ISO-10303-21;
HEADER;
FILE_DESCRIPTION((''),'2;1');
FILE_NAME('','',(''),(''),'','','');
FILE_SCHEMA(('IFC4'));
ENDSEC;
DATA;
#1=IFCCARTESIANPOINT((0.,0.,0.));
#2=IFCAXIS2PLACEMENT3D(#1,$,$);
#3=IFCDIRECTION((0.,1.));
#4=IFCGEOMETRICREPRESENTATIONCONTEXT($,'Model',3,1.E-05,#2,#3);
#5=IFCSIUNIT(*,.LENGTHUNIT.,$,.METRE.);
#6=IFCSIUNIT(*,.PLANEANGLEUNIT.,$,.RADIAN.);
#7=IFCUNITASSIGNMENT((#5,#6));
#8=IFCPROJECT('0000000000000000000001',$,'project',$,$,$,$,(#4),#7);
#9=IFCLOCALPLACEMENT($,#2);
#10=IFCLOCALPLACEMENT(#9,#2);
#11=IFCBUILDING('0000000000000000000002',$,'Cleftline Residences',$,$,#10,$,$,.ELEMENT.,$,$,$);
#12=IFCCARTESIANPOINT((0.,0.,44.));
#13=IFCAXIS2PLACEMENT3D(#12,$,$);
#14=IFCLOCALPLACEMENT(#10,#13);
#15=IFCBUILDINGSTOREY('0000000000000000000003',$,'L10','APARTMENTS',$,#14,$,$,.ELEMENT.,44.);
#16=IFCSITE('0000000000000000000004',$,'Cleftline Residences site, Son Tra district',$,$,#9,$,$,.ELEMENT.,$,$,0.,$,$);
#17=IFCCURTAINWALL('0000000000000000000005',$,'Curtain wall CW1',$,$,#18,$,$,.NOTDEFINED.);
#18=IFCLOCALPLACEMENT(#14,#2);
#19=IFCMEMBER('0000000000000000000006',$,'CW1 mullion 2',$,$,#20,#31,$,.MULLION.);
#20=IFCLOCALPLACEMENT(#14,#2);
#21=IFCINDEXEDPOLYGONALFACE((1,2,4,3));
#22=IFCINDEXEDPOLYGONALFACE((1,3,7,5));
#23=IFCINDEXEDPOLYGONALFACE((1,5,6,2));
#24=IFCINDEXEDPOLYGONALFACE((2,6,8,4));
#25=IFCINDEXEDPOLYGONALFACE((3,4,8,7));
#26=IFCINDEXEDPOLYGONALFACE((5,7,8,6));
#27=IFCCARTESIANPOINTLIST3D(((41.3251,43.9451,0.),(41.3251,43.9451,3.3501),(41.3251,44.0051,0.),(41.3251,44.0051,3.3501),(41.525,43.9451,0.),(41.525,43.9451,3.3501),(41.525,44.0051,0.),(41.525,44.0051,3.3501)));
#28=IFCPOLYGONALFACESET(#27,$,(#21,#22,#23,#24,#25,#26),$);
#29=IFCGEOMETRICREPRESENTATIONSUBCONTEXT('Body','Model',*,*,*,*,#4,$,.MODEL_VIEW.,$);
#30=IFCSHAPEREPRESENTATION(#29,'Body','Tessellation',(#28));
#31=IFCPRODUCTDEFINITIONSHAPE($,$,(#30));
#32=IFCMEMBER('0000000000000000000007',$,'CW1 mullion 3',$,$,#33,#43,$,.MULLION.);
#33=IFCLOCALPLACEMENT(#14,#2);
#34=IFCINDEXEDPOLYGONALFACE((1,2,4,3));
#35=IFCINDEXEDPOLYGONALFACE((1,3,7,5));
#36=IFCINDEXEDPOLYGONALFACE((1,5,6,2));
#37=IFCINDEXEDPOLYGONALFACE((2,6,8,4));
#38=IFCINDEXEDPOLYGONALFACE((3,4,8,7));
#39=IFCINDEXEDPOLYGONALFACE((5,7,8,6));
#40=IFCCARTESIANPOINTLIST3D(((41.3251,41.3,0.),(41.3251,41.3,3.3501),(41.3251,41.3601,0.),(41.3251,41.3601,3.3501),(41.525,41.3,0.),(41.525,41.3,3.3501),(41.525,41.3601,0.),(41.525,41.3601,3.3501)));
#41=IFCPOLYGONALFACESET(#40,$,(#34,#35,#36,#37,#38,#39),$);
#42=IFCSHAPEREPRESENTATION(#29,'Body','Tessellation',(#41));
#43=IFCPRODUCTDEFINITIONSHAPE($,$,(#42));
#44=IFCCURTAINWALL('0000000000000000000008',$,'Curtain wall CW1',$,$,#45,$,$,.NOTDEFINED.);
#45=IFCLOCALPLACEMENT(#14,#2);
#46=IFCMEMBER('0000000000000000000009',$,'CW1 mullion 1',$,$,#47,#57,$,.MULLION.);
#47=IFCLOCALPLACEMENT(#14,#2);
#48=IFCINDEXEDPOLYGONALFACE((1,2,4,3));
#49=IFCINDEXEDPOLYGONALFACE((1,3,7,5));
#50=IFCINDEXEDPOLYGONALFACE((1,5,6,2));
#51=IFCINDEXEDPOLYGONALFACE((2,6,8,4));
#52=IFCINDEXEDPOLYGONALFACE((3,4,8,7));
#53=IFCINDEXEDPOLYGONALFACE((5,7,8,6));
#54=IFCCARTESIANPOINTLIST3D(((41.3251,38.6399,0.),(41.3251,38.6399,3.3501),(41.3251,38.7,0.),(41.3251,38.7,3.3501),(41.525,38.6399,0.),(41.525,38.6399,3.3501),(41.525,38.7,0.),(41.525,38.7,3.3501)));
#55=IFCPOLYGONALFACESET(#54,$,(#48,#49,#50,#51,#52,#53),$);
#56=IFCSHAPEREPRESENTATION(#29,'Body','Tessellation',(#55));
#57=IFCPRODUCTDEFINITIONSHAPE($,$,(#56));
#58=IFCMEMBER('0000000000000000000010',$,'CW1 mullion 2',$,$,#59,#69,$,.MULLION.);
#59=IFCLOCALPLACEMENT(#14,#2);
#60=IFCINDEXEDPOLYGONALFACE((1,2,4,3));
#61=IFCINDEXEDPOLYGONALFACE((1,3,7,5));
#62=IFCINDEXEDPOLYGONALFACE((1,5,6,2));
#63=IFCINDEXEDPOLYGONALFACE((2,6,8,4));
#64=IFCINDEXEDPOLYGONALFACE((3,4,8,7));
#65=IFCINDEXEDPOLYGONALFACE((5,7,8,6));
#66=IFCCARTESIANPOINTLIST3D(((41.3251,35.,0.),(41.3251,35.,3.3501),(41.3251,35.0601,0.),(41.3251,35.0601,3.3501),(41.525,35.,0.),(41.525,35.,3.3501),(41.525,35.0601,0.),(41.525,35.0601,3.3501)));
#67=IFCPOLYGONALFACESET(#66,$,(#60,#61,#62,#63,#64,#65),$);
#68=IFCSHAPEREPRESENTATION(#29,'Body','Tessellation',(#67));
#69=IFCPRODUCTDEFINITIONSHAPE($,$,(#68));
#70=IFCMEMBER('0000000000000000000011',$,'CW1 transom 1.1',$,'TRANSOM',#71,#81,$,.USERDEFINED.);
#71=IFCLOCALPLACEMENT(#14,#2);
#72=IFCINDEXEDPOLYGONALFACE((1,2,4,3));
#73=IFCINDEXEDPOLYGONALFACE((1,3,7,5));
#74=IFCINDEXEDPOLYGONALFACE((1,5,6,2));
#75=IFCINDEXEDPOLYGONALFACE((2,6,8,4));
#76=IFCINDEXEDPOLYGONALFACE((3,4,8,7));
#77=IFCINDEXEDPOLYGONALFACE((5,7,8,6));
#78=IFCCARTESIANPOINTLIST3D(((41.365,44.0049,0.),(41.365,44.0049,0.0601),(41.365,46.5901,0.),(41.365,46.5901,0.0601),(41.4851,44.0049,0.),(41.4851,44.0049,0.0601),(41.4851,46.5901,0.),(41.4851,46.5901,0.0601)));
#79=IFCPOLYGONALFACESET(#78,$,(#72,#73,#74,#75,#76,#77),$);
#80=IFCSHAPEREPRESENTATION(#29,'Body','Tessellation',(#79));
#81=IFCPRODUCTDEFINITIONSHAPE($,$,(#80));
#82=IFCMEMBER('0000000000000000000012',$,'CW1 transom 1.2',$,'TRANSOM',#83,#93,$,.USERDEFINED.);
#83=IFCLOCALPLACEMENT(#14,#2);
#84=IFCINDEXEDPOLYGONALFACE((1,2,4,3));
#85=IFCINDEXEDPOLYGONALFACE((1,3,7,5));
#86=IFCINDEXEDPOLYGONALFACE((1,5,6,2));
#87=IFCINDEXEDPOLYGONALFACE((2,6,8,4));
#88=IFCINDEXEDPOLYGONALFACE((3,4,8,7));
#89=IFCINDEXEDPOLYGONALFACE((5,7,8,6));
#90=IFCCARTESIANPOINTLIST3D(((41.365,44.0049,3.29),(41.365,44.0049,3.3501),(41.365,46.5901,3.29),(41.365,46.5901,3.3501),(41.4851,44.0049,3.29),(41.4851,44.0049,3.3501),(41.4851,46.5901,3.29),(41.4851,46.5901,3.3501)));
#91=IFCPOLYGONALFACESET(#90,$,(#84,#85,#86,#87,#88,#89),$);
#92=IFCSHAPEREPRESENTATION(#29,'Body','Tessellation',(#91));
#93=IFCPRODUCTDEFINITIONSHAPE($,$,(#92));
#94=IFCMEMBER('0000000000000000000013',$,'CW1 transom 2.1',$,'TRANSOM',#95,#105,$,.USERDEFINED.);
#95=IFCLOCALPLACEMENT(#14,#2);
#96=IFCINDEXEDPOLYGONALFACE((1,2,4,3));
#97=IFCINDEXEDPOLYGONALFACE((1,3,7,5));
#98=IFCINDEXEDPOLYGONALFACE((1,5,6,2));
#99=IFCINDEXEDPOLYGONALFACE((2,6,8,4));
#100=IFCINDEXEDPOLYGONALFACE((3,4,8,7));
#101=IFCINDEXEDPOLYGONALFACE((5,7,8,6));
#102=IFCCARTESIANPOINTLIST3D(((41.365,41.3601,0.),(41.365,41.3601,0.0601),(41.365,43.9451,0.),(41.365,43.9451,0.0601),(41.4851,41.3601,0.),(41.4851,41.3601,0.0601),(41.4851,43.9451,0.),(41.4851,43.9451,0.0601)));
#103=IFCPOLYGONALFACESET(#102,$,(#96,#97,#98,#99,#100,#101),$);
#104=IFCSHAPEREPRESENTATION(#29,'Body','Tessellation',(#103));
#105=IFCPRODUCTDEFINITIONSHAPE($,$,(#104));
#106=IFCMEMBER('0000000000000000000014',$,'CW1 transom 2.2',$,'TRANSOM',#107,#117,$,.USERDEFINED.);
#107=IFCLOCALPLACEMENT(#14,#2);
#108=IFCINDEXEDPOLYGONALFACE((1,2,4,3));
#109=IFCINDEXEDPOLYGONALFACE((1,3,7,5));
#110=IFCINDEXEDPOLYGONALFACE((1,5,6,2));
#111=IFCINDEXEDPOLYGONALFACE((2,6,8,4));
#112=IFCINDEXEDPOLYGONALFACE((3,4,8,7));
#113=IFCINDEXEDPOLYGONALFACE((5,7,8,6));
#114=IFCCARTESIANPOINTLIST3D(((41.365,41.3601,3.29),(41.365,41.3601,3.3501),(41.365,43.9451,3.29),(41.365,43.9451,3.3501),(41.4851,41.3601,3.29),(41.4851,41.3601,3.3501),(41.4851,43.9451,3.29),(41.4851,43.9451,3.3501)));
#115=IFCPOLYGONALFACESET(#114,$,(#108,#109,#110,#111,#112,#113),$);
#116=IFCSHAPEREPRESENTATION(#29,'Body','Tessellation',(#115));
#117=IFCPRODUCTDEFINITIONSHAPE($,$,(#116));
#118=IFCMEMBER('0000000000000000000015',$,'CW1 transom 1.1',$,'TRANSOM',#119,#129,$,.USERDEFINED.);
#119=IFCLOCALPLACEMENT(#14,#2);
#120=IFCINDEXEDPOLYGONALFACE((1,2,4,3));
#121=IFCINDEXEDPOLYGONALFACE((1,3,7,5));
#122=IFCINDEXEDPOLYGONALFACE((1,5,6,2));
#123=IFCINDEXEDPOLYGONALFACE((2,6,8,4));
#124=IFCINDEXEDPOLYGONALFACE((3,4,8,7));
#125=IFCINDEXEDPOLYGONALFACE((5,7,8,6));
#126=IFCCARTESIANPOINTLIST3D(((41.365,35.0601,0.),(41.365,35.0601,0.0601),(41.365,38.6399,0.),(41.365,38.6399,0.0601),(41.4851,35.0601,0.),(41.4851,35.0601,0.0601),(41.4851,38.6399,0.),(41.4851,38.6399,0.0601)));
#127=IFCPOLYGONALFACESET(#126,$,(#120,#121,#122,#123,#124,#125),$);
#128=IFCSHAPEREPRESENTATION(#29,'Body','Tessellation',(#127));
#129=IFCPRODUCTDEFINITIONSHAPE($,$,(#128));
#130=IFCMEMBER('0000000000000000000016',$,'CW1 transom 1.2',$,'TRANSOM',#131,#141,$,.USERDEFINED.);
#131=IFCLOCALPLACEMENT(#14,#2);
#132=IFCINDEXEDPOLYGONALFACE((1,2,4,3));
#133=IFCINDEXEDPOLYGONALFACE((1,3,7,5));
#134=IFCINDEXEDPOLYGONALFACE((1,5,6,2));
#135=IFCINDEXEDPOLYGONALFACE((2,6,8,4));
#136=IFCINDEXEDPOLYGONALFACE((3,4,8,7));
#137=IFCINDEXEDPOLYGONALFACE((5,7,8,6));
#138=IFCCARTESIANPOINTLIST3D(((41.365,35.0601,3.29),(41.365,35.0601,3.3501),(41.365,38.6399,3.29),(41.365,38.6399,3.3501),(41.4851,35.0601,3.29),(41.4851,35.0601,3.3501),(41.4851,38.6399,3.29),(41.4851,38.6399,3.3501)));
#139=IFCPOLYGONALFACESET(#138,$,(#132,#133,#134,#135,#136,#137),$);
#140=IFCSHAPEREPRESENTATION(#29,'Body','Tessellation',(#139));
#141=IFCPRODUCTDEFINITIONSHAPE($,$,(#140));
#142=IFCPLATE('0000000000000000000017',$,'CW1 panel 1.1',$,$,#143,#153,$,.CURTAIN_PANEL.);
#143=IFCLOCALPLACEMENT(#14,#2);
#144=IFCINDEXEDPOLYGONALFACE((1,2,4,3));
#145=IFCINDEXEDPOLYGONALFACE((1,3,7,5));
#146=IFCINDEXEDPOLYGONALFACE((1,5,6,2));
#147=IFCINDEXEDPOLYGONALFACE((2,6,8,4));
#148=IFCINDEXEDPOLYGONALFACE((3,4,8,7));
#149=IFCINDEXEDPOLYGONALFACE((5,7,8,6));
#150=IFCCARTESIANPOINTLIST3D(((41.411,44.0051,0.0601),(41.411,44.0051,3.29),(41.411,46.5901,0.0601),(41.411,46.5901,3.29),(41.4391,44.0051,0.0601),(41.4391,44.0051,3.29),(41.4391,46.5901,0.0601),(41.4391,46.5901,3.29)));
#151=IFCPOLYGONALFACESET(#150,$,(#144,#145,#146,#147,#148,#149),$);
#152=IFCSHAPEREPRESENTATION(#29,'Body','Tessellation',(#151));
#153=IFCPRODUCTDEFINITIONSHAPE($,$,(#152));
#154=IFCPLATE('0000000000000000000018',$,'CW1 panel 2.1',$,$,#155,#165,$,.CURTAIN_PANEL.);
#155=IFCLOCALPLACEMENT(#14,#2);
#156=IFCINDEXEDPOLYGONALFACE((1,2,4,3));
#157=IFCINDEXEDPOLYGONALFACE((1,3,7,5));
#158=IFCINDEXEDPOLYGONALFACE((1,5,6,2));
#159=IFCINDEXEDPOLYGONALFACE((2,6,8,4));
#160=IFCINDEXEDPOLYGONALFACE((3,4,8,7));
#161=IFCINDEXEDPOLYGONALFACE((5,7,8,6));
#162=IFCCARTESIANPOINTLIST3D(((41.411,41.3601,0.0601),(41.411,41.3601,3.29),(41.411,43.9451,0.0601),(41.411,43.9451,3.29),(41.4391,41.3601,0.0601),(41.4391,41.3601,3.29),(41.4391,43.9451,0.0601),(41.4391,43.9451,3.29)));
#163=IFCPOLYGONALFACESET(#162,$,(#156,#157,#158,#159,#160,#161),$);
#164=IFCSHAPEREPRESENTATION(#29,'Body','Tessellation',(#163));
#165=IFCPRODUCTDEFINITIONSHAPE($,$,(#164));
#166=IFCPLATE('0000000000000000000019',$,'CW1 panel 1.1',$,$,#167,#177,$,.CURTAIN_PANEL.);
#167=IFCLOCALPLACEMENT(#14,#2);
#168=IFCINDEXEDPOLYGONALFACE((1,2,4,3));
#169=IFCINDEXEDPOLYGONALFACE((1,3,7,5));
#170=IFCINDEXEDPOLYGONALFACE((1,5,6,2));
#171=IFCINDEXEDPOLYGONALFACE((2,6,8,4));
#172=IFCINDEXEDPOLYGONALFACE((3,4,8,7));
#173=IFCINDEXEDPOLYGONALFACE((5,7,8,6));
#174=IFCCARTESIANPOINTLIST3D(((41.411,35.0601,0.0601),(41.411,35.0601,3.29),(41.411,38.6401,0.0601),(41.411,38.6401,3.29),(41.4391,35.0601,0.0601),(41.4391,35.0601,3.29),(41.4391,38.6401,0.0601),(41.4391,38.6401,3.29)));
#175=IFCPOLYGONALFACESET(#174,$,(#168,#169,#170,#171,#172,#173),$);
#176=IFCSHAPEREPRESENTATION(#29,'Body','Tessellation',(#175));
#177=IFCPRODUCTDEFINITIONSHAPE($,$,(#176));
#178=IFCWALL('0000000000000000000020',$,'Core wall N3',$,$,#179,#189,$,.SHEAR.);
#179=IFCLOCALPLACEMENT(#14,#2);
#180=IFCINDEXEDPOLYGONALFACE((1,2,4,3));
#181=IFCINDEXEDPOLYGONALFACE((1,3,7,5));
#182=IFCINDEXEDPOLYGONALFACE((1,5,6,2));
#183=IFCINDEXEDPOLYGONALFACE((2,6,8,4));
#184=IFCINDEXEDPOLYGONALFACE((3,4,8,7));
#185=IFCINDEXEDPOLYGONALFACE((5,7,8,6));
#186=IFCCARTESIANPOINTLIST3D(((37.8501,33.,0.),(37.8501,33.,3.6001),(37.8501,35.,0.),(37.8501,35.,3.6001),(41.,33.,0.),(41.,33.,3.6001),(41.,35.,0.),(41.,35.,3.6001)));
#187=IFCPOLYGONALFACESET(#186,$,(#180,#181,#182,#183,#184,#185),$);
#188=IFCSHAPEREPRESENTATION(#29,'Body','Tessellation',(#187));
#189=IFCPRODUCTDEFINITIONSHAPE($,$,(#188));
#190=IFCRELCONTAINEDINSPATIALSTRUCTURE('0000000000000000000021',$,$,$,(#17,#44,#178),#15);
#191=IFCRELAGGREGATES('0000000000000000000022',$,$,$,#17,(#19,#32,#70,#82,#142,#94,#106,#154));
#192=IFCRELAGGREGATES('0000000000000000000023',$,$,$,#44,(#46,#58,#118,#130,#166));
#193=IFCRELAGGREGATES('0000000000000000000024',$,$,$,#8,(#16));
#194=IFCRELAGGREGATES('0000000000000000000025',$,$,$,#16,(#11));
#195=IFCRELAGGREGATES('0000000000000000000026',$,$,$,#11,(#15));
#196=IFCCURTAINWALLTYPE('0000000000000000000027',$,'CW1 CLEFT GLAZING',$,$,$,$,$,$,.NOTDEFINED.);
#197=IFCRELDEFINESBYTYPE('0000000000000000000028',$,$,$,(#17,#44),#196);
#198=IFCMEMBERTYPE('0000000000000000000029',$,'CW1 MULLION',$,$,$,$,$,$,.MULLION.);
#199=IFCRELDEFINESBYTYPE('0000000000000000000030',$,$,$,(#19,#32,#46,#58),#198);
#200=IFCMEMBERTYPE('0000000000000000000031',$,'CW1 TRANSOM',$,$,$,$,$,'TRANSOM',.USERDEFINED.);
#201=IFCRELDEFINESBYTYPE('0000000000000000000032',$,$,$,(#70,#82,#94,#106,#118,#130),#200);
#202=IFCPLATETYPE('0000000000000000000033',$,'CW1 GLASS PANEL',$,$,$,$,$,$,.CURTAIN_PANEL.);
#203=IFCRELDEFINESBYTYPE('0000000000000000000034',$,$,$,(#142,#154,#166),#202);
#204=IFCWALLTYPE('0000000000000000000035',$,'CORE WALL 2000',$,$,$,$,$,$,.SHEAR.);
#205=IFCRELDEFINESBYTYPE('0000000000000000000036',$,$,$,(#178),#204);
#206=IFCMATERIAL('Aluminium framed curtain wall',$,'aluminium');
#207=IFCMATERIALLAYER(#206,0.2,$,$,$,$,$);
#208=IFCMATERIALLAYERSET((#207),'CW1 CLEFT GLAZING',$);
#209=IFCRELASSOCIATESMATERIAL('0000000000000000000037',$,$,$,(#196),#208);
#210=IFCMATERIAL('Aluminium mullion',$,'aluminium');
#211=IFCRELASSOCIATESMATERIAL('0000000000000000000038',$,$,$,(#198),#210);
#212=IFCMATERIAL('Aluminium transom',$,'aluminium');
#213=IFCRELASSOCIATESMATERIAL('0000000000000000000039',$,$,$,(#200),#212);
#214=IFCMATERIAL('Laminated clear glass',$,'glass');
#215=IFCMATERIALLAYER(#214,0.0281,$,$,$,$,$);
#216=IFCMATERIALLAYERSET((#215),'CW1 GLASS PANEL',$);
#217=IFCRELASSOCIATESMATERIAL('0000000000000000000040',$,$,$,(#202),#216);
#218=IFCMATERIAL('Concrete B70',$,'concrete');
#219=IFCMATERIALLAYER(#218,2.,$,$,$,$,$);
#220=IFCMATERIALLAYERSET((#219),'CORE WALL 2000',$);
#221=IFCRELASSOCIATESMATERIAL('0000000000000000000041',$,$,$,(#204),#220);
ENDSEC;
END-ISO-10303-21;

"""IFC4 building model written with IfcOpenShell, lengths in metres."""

from ifc_helpers import new_model, si_unit, direction, frame, frame_2d, origin, origin_2d, place, context, subcontext, project, spatial, rectangle, extrude, material, layer, layer_set, material_profile, profile_set, type_object, element, aggregate, save


model = new_model("IFC4")

# Units and contexts
model_context = context("Model", 3, precision=1e-05, world=origin(), true_north=direction((0.0, 1.0)))
body_context = subcontext(model_context, "Body", "Model", "MODEL_VIEW")
ifc_project = project(units=[si_unit("LENGTHUNIT", "METRE"), si_unit("PLANEANGLEUNIT", "RADIAN")], contexts=[model_context])

# Site, building, storey
site_placement = place(None, origin())
site = spatial("IfcSite", under=ifc_project, at=site_placement, Name="Cleftline Residences site, Son Tra district", CompositionType="ELEMENT", RefElevation=0.0)
building_placement = place(site_placement, origin())
building = spatial("IfcBuilding", under=site, at=building_placement, Name="Cleftline Residences", CompositionType="ELEMENT")
storey_placement = place(building_placement, frame((0.0, 0.0, 44.0)))
storey = spatial("IfcBuildingStorey", under=building, at=storey_placement, Name="L10", Description="APARTMENTS", CompositionType="ELEMENT", Elevation=44.0)

# Curtain walls, members
ifc_material_1 = material(Name="Aluminium framed curtain wall", Category="aluminium")
ifc_layer_1 = layer(ifc_material_1, 0.2)
ifc_layer_set_1 = layer_set([ifc_layer_1], Name="CW1 CLEFT GLAZING")
curtain_wall_type = type_object("IfcCurtainWallType", Name="CW1 CLEFT GLAZING", PredefinedType="NOTDEFINED", material=ifc_layer_set_1)
curtain_wall_1_placement = place(storey_placement, origin())
curtain_wall_1 = element("IfcCurtainWall", 1, at=curtain_wall_1_placement, inside=storey, type_object=curtain_wall_type, Name="Curtain wall CW1", PredefinedType="NOTDEFINED")
ifc_material_2 = material(Name="Aluminium mullion", Category="aluminium")
ifc_material_profile_1 = material_profile(ifc_material_2, rectangle(XDim=0.2, YDim=0.0601, at=origin_2d()))
ifc_profile_set_1 = profile_set([ifc_material_profile_1], Name="Aluminium mullion")
member_type_1 = type_object("IfcMemberType", Name="CW1 MULLION", PredefinedType="MULLION", material=ifc_profile_set_1)
member_1_placement = place(storey_placement, frame((41.425, 43.9751, 0.0), z_axis=(0.0, 0.0, 1.0), x_axis=(1.0, 0.0, 0.0)))
member_1 = element("IfcMember", 2, at=member_1_placement, type_object=member_type_1, Name="CW1 mullion 2", PredefinedType="MULLION", context=body_context, shape_type="SweptSolid", body=[
    extrude(rectangle(XDim=0.2, YDim=0.0601, at=origin_2d()), origin(), (0.0, 0.0, 1.0), 3.3501),
])
member_2_placement = place(storey_placement, frame((41.425, 41.3301, 0.0), z_axis=(0.0, 0.0, 1.0), x_axis=(1.0, 0.0, 0.0)))
member_2 = element("IfcMember", 3, at=member_2_placement, type_object=member_type_1, Name="CW1 mullion 3", PredefinedType="MULLION", context=body_context, shape_type="SweptSolid", body=[
    extrude(rectangle(XDim=0.2, YDim=0.0601, at=origin_2d()), origin(), (0.0, 0.0, 1.0), 3.3501),
])
curtain_wall_2_placement = place(storey_placement, origin())
curtain_wall_2 = element("IfcCurtainWall", 4, at=curtain_wall_2_placement, inside=storey, type_object=curtain_wall_type, Name="Curtain wall CW1", PredefinedType="NOTDEFINED")
member_3_placement = place(storey_placement, frame((41.425, 38.6699, 0.0), z_axis=(0.0, 0.0, 1.0), x_axis=(1.0, 0.0, 0.0)))
member_3 = element("IfcMember", 5, at=member_3_placement, type_object=member_type_1, Name="CW1 mullion 1", PredefinedType="MULLION", context=body_context, shape_type="SweptSolid", body=[
    extrude(rectangle(XDim=0.2, YDim=0.0601, at=origin_2d()), origin(), (0.0, 0.0, 1.0), 3.3501),
])
member_4_placement = place(storey_placement, frame((41.425, 35.03, 0.0), z_axis=(0.0, 0.0, 1.0), x_axis=(1.0, 0.0, 0.0)))
member_4 = element("IfcMember", 6, at=member_4_placement, type_object=member_type_1, Name="CW1 mullion 2", PredefinedType="MULLION", context=body_context, shape_type="SweptSolid", body=[
    extrude(rectangle(XDim=0.2, YDim=0.0601, at=origin_2d()), origin(), (0.0, 0.0, 1.0), 3.3501),
])

# Members
ifc_material_3 = material(Name="Aluminium transom", Category="aluminium")
ifc_material_profile_2 = material_profile(ifc_material_3, rectangle(XDim=0.1201, YDim=0.0601, at=origin_2d()))
ifc_profile_set_2 = profile_set([ifc_material_profile_2], Name="Aluminium transom")
member_type_2 = type_object("IfcMemberType", Name="CW1 TRANSOM", ElementType="TRANSOM", PredefinedType="USERDEFINED", material=ifc_profile_set_2)
member_5_placement = place(storey_placement, frame((41.425, 46.5901, 0.03), z_axis=(0.0, -1.0, 0.0), x_axis=(1.0, 0.0, 0.0)))
member_5 = element("IfcMember", 7, at=member_5_placement, type_object=member_type_2, Name="CW1 transom 1.1", ObjectType="TRANSOM", PredefinedType="USERDEFINED", context=body_context, shape_type="SweptSolid", body=[
    extrude(rectangle(XDim=0.1201, YDim=0.0601, at=origin_2d()), origin(), (0.0, 0.0, 1.0), 2.5852),
])
member_6_placement = place(storey_placement, frame((41.425, 46.5901, 3.3201), z_axis=(0.0, -1.0, 0.0), x_axis=(1.0, 0.0, 0.0)))
member_6 = element("IfcMember", 8, at=member_6_placement, type_object=member_type_2, Name="CW1 transom 1.2", ObjectType="TRANSOM", PredefinedType="USERDEFINED", context=body_context, shape_type="SweptSolid", body=[
    extrude(rectangle(XDim=0.1201, YDim=0.0601, at=origin_2d()), origin(), (0.0, 0.0, 1.0), 2.5852),
])
member_7_placement = place(storey_placement, frame((41.425, 43.9451, 0.03), z_axis=(0.0, -1.0, 0.0), x_axis=(1.0, 0.0, 0.0)))
member_7 = element("IfcMember", 9, at=member_7_placement, type_object=member_type_2, Name="CW1 transom 2.1", ObjectType="TRANSOM", PredefinedType="USERDEFINED", context=body_context, shape_type="SweptSolid", body=[
    extrude(rectangle(XDim=0.1201, YDim=0.0601, at=origin_2d()), origin(), (0.0, 0.0, 1.0), 2.585),
])
member_8_placement = place(storey_placement, frame((41.425, 43.9451, 3.3201), z_axis=(0.0, -1.0, 0.0), x_axis=(1.0, 0.0, 0.0)))
member_8 = element("IfcMember", 10, at=member_8_placement, type_object=member_type_2, Name="CW1 transom 2.2", ObjectType="TRANSOM", PredefinedType="USERDEFINED", context=body_context, shape_type="SweptSolid", body=[
    extrude(rectangle(XDim=0.1201, YDim=0.0601, at=origin_2d()), origin(), (0.0, 0.0, 1.0), 2.585),
])
member_9_placement = place(storey_placement, frame((41.425, 38.6399, 0.03), z_axis=(0.0, -1.0, 0.0), x_axis=(1.0, 0.0, 0.0)))
member_9 = element("IfcMember", 11, at=member_9_placement, type_object=member_type_2, Name="CW1 transom 1.1", ObjectType="TRANSOM", PredefinedType="USERDEFINED", context=body_context, shape_type="SweptSolid", body=[
    extrude(rectangle(XDim=0.1201, YDim=0.0601, at=origin_2d()), origin(), (0.0, 0.0, 1.0), 3.5798),
])
member_10_placement = place(storey_placement, frame((41.425, 38.6399, 3.3201), z_axis=(0.0, -1.0, 0.0), x_axis=(1.0, 0.0, 0.0)))
member_10 = element("IfcMember", 12, at=member_10_placement, type_object=member_type_2, Name="CW1 transom 1.2", ObjectType="TRANSOM", PredefinedType="USERDEFINED", context=body_context, shape_type="SweptSolid", body=[
    extrude(rectangle(XDim=0.1201, YDim=0.0601, at=origin_2d()), origin(), (0.0, 0.0, 1.0), 3.5798),
])

# Plates
ifc_material_4 = material(Name="Laminated clear glass", Category="glass")
ifc_layer_2 = layer(ifc_material_4, 0.0281)
ifc_layer_set_2 = layer_set([ifc_layer_2], Name="CW1 GLASS PANEL")
plate_type = type_object("IfcPlateType", Name="CW1 GLASS PANEL", PredefinedType="CURTAIN_PANEL", material=ifc_layer_set_2)
plate_1_placement = place(storey_placement, frame((41.425, 45.2976, 0.0601), z_axis=(0.0, 0.0, 1.0), x_axis=(0.0, -1.0, 0.0)))
plate_1 = element("IfcPlate", 13, at=plate_1_placement, type_object=plate_type, Name="CW1 panel 1.1", PredefinedType="CURTAIN_PANEL", context=body_context, shape_type="SweptSolid", body=[
    extrude(rectangle(XDim=2.585, YDim=0.0281, at=origin_2d()), origin(), (0.0, 0.0, 1.0), 3.23),
])
plate_2_placement = place(storey_placement, frame((41.425, 42.6526, 0.0601), z_axis=(0.0, 0.0, 1.0), x_axis=(0.0, -1.0, 0.0)))
plate_2 = element("IfcPlate", 14, at=plate_2_placement, type_object=plate_type, Name="CW1 panel 2.1", PredefinedType="CURTAIN_PANEL", context=body_context, shape_type="SweptSolid", body=[
    extrude(rectangle(XDim=2.585, YDim=0.0281, at=origin_2d()), origin(), (0.0, 0.0, 1.0), 3.23),
])
aggregate(curtain_wall_1, [member_1, member_2, member_5, member_6, plate_1, member_7, member_8, plate_2])
plate_3_placement = place(storey_placement, frame((41.425, 36.8501, 0.0601), z_axis=(0.0, 0.0, 1.0), x_axis=(0.0, -1.0, 0.0)))
plate_3 = element("IfcPlate", 15, at=plate_3_placement, type_object=plate_type, Name="CW1 panel 1.1", PredefinedType="CURTAIN_PANEL", context=body_context, shape_type="SweptSolid", body=[
    extrude(rectangle(XDim=3.5801, YDim=0.0281, at=origin_2d()), origin(), (0.0, 0.0, 1.0), 3.23),
])
aggregate(curtain_wall_2, [member_3, member_4, member_9, member_10, plate_3])

# Wall
ifc_material_5 = material(Name="Concrete B70", Category="concrete")
ifc_layer_3 = layer(ifc_material_5, 2.0)
ifc_layer_set_3 = layer_set([ifc_layer_3], Name="CORE WALL 2000")
wall_type_1 = type_object("IfcWallType", Name="CORE WALL 2000", PredefinedType="SHEAR", material=ifc_layer_set_3)
wall_1_placement = place(storey_placement, frame((37.8501, 34.0, 0.0), z_axis=(0.0, 0.0, 1.0), x_axis=(1.0, 0.0, 0.0)))
element("IfcWall", 16, at=wall_1_placement, inside=storey, type_object=wall_type_1, Name="Core wall N3", PredefinedType="SHEAR", context=body_context, shape_type="SweptSolid", body=[
    extrude(rectangle(XDim=3.1499, YDim=2.0, at=frame_2d((1.575, 0.0))), origin(), (0.0, 0.0, 1.0), 3.6001),
])

save(model, "model.ifc")
